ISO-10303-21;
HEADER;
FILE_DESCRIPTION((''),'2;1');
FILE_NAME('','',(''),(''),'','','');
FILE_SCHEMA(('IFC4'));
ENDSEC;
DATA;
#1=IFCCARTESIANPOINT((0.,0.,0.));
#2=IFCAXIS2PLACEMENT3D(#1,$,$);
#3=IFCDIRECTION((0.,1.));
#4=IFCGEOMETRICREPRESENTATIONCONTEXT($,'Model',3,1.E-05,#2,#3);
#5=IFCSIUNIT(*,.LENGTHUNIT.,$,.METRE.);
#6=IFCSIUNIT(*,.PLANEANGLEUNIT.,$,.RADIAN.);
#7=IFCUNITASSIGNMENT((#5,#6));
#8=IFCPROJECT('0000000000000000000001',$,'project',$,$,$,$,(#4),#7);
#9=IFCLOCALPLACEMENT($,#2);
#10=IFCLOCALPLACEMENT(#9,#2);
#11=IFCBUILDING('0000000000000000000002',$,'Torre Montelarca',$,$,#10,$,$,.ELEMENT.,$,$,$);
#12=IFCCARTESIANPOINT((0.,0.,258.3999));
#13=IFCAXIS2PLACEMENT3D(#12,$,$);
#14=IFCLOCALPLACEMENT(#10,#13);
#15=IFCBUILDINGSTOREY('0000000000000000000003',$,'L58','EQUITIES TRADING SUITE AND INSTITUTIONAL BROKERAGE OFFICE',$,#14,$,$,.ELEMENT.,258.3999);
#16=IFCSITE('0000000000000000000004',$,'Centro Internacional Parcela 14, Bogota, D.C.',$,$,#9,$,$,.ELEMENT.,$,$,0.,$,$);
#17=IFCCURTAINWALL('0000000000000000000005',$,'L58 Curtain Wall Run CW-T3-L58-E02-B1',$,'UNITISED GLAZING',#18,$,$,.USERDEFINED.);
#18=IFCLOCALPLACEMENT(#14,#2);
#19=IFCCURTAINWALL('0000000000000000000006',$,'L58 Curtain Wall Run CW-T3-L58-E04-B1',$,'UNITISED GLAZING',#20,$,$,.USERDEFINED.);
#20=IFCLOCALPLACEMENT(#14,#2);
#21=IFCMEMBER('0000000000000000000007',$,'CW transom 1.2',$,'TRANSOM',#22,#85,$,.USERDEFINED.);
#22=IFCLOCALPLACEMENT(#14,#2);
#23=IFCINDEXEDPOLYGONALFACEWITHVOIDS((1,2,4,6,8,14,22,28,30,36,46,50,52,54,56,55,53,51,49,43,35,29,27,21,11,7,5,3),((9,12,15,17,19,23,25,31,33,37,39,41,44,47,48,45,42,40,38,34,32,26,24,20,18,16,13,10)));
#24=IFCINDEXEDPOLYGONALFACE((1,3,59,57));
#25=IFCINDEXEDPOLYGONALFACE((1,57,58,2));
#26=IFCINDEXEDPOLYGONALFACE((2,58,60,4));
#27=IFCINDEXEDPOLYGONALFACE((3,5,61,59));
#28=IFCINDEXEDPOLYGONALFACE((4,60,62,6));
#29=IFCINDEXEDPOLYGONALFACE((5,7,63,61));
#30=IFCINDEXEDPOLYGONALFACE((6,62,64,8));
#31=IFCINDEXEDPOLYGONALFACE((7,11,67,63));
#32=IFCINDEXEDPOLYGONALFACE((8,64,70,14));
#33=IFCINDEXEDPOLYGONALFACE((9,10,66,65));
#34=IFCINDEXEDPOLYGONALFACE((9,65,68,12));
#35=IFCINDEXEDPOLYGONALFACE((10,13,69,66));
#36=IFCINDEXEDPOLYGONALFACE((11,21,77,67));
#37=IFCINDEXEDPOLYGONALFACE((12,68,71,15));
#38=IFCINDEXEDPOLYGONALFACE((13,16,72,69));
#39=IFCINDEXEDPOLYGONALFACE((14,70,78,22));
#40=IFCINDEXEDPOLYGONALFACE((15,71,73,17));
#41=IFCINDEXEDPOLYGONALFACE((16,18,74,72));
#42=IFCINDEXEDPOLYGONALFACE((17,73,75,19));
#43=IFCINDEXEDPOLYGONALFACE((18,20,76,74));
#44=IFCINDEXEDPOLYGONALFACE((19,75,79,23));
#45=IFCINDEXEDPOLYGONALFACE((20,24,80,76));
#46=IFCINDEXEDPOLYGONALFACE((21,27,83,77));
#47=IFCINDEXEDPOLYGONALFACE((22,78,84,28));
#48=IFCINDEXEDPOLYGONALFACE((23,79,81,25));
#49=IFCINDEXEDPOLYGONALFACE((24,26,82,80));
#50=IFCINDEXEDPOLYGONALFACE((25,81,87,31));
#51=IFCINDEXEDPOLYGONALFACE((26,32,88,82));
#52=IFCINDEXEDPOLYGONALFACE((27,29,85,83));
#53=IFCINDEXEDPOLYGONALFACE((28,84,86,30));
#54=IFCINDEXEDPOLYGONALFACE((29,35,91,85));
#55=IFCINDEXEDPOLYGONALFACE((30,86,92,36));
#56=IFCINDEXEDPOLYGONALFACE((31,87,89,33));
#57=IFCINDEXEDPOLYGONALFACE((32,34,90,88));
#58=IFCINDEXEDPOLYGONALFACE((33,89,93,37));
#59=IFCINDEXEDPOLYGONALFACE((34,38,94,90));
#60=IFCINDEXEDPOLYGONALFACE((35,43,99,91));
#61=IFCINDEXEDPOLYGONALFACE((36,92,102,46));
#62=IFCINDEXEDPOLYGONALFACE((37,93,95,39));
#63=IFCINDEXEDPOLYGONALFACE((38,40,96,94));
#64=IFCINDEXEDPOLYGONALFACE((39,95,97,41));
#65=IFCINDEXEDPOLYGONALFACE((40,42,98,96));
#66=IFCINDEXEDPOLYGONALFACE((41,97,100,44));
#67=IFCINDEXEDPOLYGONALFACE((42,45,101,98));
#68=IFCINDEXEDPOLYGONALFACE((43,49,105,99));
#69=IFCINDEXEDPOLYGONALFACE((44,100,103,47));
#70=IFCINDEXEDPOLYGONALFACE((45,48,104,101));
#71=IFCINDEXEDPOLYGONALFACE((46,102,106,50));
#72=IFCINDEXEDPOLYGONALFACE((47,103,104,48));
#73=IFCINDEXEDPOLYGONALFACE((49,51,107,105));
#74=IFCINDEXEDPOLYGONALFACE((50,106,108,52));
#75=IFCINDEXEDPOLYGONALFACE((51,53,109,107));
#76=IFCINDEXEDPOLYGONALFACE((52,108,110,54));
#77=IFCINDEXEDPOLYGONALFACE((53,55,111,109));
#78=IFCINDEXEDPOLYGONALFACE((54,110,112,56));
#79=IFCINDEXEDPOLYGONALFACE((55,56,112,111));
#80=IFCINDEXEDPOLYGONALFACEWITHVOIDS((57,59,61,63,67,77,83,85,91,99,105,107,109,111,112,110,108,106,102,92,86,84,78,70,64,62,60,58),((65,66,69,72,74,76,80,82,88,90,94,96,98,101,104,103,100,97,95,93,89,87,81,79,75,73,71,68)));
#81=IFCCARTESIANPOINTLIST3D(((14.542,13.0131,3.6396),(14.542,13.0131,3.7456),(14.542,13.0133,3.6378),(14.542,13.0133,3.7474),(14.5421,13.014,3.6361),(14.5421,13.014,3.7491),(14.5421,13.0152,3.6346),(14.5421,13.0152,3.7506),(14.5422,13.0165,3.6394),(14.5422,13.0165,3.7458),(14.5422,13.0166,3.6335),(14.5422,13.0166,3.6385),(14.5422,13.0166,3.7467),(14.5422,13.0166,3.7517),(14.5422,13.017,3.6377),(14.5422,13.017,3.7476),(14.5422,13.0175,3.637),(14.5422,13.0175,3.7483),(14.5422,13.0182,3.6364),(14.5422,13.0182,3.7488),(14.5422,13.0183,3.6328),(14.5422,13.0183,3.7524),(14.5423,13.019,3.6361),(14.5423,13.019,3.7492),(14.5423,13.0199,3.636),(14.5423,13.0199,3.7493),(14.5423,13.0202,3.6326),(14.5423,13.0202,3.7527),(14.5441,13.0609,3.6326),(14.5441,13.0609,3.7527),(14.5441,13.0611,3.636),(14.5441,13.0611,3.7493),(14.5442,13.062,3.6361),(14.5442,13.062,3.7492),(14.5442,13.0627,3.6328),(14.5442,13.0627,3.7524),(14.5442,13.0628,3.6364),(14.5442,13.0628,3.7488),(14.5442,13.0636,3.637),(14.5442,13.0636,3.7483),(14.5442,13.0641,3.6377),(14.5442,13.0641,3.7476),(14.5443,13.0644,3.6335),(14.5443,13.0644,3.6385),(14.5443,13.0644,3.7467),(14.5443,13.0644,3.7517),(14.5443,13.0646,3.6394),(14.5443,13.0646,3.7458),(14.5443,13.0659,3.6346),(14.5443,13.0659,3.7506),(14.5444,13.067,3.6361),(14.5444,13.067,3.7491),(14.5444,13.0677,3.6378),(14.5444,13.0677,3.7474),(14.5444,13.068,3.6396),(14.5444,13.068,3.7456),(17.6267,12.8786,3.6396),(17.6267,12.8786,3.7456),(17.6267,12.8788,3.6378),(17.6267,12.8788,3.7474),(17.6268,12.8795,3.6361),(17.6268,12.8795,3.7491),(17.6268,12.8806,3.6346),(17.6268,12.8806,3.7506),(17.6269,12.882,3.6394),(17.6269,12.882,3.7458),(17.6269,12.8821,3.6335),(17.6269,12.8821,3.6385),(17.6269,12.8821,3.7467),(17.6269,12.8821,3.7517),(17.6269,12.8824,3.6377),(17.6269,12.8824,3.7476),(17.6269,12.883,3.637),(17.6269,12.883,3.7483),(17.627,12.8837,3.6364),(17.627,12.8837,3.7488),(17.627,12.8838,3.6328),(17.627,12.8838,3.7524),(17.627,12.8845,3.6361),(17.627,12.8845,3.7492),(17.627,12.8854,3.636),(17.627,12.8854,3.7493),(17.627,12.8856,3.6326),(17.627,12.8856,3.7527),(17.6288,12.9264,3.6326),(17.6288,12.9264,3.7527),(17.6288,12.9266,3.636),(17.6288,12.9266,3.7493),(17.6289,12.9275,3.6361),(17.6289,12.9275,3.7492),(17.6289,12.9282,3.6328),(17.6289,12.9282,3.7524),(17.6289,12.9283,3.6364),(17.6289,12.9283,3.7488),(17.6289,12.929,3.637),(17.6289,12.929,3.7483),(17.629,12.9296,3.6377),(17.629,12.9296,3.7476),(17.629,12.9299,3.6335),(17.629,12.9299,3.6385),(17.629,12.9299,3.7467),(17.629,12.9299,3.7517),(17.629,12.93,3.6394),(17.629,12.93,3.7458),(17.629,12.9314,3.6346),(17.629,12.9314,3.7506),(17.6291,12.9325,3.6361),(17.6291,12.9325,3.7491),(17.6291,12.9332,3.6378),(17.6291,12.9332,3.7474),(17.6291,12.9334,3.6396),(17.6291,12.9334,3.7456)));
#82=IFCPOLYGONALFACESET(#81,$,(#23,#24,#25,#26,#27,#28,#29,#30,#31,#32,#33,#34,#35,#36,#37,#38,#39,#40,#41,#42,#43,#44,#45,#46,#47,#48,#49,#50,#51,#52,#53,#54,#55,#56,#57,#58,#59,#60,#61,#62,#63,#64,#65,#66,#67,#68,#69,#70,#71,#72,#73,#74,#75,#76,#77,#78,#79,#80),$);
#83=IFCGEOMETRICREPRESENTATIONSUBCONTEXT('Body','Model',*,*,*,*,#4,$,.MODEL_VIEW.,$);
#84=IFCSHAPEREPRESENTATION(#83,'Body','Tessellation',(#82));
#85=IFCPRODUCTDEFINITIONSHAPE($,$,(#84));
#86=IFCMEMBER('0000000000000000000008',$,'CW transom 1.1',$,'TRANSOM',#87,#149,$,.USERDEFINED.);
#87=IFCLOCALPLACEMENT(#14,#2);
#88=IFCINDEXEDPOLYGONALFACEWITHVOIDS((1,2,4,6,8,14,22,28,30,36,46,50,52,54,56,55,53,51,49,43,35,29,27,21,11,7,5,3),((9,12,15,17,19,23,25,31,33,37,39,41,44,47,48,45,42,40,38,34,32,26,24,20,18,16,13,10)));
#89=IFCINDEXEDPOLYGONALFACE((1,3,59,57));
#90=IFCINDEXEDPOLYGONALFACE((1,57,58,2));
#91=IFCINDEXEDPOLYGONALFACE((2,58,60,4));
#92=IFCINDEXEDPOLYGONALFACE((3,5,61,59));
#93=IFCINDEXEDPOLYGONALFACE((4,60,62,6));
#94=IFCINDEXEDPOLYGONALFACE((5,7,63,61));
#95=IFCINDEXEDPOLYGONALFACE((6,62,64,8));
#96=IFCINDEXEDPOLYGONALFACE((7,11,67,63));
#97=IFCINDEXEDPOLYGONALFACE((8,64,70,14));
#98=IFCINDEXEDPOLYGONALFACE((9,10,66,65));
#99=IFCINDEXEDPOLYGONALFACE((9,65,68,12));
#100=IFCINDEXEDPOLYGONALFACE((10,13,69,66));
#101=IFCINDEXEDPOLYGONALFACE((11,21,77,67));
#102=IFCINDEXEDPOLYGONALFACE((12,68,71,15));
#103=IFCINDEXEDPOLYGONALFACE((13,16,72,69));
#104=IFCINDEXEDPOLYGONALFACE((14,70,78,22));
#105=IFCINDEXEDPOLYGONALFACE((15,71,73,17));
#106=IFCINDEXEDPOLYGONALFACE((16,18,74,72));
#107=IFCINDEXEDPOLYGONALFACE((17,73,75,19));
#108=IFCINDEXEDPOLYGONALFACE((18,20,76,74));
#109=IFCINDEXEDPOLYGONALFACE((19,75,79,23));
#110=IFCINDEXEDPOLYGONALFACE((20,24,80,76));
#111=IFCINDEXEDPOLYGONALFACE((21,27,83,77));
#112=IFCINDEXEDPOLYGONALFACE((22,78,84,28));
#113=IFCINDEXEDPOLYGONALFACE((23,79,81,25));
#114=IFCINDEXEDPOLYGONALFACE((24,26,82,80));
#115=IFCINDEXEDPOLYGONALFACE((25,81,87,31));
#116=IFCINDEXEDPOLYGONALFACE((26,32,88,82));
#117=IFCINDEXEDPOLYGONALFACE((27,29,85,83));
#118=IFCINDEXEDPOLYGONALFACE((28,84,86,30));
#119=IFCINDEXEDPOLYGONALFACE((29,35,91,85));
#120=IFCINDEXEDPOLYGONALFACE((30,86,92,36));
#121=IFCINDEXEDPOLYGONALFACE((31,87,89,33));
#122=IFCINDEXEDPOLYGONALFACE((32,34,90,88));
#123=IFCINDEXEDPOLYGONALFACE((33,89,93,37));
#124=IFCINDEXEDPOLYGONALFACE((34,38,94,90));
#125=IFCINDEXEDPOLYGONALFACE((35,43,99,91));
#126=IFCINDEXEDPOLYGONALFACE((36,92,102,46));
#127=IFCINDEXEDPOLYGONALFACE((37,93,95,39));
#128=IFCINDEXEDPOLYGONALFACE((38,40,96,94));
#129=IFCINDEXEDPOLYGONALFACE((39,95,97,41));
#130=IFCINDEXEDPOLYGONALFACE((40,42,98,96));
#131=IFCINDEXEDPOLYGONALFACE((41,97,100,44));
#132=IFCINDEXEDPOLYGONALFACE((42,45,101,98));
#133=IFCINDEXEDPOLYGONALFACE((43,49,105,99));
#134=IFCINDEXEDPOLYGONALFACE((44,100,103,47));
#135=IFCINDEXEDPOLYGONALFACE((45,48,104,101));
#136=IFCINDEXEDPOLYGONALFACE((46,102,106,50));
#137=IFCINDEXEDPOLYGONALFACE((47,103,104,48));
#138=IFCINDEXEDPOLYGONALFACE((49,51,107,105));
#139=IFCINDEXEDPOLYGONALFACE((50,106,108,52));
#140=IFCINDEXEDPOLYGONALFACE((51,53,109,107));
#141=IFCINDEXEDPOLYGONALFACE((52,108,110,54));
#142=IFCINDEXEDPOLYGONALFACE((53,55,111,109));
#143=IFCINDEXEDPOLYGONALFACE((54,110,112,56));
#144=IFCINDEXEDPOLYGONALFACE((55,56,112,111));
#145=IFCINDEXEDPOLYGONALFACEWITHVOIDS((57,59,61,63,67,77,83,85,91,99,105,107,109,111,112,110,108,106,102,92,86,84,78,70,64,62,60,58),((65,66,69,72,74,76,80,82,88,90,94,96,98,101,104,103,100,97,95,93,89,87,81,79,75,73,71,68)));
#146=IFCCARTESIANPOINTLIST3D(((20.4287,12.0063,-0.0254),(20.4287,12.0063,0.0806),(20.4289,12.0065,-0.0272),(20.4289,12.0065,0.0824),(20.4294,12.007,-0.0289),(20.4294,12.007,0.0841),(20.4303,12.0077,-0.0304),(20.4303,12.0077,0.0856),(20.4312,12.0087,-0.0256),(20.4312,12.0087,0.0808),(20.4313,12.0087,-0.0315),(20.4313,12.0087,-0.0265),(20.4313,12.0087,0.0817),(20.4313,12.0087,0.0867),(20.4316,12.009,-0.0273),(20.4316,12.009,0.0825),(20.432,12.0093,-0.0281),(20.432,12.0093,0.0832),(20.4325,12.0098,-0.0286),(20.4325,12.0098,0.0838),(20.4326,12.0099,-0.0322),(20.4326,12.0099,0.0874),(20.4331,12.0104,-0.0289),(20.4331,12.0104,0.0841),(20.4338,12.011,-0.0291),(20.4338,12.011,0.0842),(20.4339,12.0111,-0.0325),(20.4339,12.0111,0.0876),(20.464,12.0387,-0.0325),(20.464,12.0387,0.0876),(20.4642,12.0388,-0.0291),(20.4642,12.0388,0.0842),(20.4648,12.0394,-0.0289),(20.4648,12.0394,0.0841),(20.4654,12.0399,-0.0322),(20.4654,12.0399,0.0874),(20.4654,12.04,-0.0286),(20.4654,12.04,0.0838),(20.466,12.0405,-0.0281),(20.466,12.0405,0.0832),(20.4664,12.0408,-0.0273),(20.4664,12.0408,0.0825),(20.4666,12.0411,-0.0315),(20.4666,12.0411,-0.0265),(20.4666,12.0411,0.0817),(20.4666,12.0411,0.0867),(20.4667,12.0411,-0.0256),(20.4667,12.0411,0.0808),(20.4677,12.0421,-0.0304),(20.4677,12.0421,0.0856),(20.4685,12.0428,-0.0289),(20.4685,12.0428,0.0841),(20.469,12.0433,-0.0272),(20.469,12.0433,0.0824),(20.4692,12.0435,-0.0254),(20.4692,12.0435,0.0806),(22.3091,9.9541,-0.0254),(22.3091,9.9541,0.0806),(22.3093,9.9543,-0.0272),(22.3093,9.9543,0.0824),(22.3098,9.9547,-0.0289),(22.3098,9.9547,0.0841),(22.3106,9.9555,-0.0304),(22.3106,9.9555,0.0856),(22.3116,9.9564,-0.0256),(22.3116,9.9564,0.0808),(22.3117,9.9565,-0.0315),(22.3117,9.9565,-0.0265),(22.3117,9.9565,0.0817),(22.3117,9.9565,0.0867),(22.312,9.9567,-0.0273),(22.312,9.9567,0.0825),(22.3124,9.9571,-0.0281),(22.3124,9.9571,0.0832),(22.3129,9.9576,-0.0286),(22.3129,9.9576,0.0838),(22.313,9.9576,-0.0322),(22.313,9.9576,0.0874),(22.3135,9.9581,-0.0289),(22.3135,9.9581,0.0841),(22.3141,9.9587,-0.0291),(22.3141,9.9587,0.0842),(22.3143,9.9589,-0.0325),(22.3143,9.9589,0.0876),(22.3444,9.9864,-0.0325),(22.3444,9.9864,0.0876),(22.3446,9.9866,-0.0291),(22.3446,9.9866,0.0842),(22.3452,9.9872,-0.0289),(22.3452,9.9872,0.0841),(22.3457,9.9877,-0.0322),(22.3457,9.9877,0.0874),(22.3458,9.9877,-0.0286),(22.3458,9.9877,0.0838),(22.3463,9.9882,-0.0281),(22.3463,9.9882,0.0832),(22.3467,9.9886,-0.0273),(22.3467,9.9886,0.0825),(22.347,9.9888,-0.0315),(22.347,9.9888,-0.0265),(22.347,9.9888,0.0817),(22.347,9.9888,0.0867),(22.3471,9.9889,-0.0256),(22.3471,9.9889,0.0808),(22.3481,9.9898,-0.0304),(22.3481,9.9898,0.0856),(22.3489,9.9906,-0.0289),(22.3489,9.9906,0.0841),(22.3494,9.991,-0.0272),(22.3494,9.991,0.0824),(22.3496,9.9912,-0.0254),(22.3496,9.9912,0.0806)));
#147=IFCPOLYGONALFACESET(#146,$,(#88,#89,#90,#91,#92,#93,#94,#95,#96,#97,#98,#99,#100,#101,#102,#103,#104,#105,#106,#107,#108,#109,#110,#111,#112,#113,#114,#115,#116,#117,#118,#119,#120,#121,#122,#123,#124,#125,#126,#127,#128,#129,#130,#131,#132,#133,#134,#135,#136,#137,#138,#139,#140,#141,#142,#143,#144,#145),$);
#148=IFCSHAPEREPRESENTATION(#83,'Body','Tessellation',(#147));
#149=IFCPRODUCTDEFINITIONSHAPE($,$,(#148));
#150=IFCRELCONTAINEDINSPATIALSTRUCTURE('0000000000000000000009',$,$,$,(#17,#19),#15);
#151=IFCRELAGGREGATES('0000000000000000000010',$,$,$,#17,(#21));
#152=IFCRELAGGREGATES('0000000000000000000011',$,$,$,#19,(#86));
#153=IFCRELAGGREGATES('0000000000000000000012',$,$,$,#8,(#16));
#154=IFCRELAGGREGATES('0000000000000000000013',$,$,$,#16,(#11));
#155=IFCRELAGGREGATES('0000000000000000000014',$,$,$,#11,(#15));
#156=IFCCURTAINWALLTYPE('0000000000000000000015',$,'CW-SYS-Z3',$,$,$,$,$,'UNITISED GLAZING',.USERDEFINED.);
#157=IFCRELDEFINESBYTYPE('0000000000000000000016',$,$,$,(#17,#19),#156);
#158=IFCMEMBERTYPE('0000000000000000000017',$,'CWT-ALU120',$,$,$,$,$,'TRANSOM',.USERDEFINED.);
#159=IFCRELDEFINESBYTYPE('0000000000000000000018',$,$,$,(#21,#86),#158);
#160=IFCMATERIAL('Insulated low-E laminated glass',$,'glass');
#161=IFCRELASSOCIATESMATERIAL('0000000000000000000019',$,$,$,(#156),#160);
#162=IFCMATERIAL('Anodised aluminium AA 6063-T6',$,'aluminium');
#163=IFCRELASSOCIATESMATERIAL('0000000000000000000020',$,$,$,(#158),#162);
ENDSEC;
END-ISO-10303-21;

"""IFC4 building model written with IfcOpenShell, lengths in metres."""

from ifc_helpers import new_model, si_unit, direction, frame, origin, origin_2d, place, context, subcontext, project, spatial, hollow_rectangle, extrude, source, transform, mapped, material, material_profile, profile_set, type_object, element, aggregate, save


model = new_model("IFC4")

# Units and contexts
model_context = context("Model", 3, precision=1e-05, world=origin(), true_north=direction((0.0, 1.0)))
body_context = subcontext(model_context, "Body", "Model", "MODEL_VIEW")
ifc_project = project(units=[si_unit("LENGTHUNIT", "METRE"), si_unit("PLANEANGLEUNIT", "RADIAN")], contexts=[model_context])

# Site, building, storey
site_placement = place(None, origin())
site = spatial("IfcSite", under=ifc_project, at=site_placement, Name="Centro Internacional Parcela 14, Bogota, D.C.", CompositionType="ELEMENT", RefElevation=0.0)
building_placement = place(site_placement, origin())
building = spatial("IfcBuilding", under=site, at=building_placement, Name="Torre Montelarca", CompositionType="ELEMENT")
storey_placement = place(building_placement, frame((0.0, 0.0, 258.3999)))
storey = spatial("IfcBuildingStorey", under=building, at=storey_placement, Name="L58", Description="EQUITIES TRADING SUITE AND INSTITUTIONAL BROKERAGE OFFICE", CompositionType="ELEMENT", Elevation=258.3999)

# Curtain wall
ifc_material_1 = material(Name="Insulated low-E laminated glass", Category="glass")
curtain_wall_type = type_object("IfcCurtainWallType", Name="CW-SYS-Z3", ElementType="UNITISED GLAZING", PredefinedType="USERDEFINED", material=ifc_material_1)
curtain_wall_1_placement = place(storey_placement, origin())
curtain_wall_1 = element("IfcCurtainWall", 1, at=curtain_wall_1_placement, inside=storey, type_object=curtain_wall_type, Name="L58 Curtain Wall Run CW-T3-L58-E02-B1", ObjectType="UNITISED GLAZING", PredefinedType="USERDEFINED")
ifc_material_2 = material(Name="Anodised aluminium AA 6063-T6", Category="aluminium")
ifc_material_profile_1 = material_profile(ifc_material_2, hollow_rectangle(XDim=0.0549, YDim=0.1201, WallThickness=0.0034, InnerFilletRadius=0.0034, OuterFilletRadius=0.0071, at=origin_2d()), Name="ALU55X120X3.5", Category="aluminium")
ifc_profile_set_1 = profile_set([ifc_material_profile_1], Name="Anodised aluminium AA 6063-T6")
member_type_1 = type_object("IfcMemberType", Name="CWT-ALU120", ElementType="TRANSOM", PredefinedType="USERDEFINED", material=ifc_profile_set_1)

# Curtain wall
curtain_wall_2_placement = place(storey_placement, origin())
curtain_wall_2 = element("IfcCurtainWall", 2, at=curtain_wall_2_placement, inside=storey, type_object=curtain_wall_type, Name="L58 Curtain Wall Run CW-T3-L58-E04-B1", ObjectType="UNITISED GLAZING", PredefinedType="USERDEFINED")

# Members
shared_shape_1 = source(origin(), body_context, "Body", "SweptSolid", [
    extrude(hollow_rectangle(XDim=0.0549, YDim=0.1201, WallThickness=0.0034, InnerFilletRadius=0.0034, OuterFilletRadius=0.0071, at=origin_2d()), origin(), (0.0, 0.0, 1.0), 3.0876),
])
member_1_placement = place(storey_placement, frame((14.5432, 13.0405, 3.6926), z_axis=(0.99905, -0.043568, 0.0), x_axis=(0.043568, 0.99905, 0.0)))
member_1 = element("IfcMember", 3, at=member_1_placement, type_object=member_type_1, Name="CW transom 1.2", ObjectType="TRANSOM", PredefinedType="USERDEFINED", context=body_context, shape_type="MappedRepresentation", body=[
    mapped(shared_shape_1, transform((0.0, 0.0, 0.0), scale=1.0)),
])
shared_shape_2 = source(origin(), body_context, "Body", "SweptSolid", [
    extrude(hollow_rectangle(XDim=0.0549, YDim=0.1201, WallThickness=0.0034, InnerFilletRadius=0.0034, OuterFilletRadius=0.0071, at=origin_2d()), origin(), (0.0, 0.0, 1.0), 2.7834),
])
member_2_placement = place(storey_placement, frame((20.449, 12.0249, 0.0276), z_axis=(0.675558, -0.737307, 0.0), x_axis=(0.737307, 0.675558, 0.0)))
member_2 = element("IfcMember", 4, at=member_2_placement, type_object=member_type_1, Name="CW transom 1.1", ObjectType="TRANSOM", PredefinedType="USERDEFINED", context=body_context, shape_type="MappedRepresentation", body=[
    mapped(shared_shape_2, transform((0.0, 0.0, 0.0), scale=1.0)),
])

aggregate(curtain_wall_1, [member_1])
aggregate(curtain_wall_2, [member_2])

save(model, "model.ifc")
